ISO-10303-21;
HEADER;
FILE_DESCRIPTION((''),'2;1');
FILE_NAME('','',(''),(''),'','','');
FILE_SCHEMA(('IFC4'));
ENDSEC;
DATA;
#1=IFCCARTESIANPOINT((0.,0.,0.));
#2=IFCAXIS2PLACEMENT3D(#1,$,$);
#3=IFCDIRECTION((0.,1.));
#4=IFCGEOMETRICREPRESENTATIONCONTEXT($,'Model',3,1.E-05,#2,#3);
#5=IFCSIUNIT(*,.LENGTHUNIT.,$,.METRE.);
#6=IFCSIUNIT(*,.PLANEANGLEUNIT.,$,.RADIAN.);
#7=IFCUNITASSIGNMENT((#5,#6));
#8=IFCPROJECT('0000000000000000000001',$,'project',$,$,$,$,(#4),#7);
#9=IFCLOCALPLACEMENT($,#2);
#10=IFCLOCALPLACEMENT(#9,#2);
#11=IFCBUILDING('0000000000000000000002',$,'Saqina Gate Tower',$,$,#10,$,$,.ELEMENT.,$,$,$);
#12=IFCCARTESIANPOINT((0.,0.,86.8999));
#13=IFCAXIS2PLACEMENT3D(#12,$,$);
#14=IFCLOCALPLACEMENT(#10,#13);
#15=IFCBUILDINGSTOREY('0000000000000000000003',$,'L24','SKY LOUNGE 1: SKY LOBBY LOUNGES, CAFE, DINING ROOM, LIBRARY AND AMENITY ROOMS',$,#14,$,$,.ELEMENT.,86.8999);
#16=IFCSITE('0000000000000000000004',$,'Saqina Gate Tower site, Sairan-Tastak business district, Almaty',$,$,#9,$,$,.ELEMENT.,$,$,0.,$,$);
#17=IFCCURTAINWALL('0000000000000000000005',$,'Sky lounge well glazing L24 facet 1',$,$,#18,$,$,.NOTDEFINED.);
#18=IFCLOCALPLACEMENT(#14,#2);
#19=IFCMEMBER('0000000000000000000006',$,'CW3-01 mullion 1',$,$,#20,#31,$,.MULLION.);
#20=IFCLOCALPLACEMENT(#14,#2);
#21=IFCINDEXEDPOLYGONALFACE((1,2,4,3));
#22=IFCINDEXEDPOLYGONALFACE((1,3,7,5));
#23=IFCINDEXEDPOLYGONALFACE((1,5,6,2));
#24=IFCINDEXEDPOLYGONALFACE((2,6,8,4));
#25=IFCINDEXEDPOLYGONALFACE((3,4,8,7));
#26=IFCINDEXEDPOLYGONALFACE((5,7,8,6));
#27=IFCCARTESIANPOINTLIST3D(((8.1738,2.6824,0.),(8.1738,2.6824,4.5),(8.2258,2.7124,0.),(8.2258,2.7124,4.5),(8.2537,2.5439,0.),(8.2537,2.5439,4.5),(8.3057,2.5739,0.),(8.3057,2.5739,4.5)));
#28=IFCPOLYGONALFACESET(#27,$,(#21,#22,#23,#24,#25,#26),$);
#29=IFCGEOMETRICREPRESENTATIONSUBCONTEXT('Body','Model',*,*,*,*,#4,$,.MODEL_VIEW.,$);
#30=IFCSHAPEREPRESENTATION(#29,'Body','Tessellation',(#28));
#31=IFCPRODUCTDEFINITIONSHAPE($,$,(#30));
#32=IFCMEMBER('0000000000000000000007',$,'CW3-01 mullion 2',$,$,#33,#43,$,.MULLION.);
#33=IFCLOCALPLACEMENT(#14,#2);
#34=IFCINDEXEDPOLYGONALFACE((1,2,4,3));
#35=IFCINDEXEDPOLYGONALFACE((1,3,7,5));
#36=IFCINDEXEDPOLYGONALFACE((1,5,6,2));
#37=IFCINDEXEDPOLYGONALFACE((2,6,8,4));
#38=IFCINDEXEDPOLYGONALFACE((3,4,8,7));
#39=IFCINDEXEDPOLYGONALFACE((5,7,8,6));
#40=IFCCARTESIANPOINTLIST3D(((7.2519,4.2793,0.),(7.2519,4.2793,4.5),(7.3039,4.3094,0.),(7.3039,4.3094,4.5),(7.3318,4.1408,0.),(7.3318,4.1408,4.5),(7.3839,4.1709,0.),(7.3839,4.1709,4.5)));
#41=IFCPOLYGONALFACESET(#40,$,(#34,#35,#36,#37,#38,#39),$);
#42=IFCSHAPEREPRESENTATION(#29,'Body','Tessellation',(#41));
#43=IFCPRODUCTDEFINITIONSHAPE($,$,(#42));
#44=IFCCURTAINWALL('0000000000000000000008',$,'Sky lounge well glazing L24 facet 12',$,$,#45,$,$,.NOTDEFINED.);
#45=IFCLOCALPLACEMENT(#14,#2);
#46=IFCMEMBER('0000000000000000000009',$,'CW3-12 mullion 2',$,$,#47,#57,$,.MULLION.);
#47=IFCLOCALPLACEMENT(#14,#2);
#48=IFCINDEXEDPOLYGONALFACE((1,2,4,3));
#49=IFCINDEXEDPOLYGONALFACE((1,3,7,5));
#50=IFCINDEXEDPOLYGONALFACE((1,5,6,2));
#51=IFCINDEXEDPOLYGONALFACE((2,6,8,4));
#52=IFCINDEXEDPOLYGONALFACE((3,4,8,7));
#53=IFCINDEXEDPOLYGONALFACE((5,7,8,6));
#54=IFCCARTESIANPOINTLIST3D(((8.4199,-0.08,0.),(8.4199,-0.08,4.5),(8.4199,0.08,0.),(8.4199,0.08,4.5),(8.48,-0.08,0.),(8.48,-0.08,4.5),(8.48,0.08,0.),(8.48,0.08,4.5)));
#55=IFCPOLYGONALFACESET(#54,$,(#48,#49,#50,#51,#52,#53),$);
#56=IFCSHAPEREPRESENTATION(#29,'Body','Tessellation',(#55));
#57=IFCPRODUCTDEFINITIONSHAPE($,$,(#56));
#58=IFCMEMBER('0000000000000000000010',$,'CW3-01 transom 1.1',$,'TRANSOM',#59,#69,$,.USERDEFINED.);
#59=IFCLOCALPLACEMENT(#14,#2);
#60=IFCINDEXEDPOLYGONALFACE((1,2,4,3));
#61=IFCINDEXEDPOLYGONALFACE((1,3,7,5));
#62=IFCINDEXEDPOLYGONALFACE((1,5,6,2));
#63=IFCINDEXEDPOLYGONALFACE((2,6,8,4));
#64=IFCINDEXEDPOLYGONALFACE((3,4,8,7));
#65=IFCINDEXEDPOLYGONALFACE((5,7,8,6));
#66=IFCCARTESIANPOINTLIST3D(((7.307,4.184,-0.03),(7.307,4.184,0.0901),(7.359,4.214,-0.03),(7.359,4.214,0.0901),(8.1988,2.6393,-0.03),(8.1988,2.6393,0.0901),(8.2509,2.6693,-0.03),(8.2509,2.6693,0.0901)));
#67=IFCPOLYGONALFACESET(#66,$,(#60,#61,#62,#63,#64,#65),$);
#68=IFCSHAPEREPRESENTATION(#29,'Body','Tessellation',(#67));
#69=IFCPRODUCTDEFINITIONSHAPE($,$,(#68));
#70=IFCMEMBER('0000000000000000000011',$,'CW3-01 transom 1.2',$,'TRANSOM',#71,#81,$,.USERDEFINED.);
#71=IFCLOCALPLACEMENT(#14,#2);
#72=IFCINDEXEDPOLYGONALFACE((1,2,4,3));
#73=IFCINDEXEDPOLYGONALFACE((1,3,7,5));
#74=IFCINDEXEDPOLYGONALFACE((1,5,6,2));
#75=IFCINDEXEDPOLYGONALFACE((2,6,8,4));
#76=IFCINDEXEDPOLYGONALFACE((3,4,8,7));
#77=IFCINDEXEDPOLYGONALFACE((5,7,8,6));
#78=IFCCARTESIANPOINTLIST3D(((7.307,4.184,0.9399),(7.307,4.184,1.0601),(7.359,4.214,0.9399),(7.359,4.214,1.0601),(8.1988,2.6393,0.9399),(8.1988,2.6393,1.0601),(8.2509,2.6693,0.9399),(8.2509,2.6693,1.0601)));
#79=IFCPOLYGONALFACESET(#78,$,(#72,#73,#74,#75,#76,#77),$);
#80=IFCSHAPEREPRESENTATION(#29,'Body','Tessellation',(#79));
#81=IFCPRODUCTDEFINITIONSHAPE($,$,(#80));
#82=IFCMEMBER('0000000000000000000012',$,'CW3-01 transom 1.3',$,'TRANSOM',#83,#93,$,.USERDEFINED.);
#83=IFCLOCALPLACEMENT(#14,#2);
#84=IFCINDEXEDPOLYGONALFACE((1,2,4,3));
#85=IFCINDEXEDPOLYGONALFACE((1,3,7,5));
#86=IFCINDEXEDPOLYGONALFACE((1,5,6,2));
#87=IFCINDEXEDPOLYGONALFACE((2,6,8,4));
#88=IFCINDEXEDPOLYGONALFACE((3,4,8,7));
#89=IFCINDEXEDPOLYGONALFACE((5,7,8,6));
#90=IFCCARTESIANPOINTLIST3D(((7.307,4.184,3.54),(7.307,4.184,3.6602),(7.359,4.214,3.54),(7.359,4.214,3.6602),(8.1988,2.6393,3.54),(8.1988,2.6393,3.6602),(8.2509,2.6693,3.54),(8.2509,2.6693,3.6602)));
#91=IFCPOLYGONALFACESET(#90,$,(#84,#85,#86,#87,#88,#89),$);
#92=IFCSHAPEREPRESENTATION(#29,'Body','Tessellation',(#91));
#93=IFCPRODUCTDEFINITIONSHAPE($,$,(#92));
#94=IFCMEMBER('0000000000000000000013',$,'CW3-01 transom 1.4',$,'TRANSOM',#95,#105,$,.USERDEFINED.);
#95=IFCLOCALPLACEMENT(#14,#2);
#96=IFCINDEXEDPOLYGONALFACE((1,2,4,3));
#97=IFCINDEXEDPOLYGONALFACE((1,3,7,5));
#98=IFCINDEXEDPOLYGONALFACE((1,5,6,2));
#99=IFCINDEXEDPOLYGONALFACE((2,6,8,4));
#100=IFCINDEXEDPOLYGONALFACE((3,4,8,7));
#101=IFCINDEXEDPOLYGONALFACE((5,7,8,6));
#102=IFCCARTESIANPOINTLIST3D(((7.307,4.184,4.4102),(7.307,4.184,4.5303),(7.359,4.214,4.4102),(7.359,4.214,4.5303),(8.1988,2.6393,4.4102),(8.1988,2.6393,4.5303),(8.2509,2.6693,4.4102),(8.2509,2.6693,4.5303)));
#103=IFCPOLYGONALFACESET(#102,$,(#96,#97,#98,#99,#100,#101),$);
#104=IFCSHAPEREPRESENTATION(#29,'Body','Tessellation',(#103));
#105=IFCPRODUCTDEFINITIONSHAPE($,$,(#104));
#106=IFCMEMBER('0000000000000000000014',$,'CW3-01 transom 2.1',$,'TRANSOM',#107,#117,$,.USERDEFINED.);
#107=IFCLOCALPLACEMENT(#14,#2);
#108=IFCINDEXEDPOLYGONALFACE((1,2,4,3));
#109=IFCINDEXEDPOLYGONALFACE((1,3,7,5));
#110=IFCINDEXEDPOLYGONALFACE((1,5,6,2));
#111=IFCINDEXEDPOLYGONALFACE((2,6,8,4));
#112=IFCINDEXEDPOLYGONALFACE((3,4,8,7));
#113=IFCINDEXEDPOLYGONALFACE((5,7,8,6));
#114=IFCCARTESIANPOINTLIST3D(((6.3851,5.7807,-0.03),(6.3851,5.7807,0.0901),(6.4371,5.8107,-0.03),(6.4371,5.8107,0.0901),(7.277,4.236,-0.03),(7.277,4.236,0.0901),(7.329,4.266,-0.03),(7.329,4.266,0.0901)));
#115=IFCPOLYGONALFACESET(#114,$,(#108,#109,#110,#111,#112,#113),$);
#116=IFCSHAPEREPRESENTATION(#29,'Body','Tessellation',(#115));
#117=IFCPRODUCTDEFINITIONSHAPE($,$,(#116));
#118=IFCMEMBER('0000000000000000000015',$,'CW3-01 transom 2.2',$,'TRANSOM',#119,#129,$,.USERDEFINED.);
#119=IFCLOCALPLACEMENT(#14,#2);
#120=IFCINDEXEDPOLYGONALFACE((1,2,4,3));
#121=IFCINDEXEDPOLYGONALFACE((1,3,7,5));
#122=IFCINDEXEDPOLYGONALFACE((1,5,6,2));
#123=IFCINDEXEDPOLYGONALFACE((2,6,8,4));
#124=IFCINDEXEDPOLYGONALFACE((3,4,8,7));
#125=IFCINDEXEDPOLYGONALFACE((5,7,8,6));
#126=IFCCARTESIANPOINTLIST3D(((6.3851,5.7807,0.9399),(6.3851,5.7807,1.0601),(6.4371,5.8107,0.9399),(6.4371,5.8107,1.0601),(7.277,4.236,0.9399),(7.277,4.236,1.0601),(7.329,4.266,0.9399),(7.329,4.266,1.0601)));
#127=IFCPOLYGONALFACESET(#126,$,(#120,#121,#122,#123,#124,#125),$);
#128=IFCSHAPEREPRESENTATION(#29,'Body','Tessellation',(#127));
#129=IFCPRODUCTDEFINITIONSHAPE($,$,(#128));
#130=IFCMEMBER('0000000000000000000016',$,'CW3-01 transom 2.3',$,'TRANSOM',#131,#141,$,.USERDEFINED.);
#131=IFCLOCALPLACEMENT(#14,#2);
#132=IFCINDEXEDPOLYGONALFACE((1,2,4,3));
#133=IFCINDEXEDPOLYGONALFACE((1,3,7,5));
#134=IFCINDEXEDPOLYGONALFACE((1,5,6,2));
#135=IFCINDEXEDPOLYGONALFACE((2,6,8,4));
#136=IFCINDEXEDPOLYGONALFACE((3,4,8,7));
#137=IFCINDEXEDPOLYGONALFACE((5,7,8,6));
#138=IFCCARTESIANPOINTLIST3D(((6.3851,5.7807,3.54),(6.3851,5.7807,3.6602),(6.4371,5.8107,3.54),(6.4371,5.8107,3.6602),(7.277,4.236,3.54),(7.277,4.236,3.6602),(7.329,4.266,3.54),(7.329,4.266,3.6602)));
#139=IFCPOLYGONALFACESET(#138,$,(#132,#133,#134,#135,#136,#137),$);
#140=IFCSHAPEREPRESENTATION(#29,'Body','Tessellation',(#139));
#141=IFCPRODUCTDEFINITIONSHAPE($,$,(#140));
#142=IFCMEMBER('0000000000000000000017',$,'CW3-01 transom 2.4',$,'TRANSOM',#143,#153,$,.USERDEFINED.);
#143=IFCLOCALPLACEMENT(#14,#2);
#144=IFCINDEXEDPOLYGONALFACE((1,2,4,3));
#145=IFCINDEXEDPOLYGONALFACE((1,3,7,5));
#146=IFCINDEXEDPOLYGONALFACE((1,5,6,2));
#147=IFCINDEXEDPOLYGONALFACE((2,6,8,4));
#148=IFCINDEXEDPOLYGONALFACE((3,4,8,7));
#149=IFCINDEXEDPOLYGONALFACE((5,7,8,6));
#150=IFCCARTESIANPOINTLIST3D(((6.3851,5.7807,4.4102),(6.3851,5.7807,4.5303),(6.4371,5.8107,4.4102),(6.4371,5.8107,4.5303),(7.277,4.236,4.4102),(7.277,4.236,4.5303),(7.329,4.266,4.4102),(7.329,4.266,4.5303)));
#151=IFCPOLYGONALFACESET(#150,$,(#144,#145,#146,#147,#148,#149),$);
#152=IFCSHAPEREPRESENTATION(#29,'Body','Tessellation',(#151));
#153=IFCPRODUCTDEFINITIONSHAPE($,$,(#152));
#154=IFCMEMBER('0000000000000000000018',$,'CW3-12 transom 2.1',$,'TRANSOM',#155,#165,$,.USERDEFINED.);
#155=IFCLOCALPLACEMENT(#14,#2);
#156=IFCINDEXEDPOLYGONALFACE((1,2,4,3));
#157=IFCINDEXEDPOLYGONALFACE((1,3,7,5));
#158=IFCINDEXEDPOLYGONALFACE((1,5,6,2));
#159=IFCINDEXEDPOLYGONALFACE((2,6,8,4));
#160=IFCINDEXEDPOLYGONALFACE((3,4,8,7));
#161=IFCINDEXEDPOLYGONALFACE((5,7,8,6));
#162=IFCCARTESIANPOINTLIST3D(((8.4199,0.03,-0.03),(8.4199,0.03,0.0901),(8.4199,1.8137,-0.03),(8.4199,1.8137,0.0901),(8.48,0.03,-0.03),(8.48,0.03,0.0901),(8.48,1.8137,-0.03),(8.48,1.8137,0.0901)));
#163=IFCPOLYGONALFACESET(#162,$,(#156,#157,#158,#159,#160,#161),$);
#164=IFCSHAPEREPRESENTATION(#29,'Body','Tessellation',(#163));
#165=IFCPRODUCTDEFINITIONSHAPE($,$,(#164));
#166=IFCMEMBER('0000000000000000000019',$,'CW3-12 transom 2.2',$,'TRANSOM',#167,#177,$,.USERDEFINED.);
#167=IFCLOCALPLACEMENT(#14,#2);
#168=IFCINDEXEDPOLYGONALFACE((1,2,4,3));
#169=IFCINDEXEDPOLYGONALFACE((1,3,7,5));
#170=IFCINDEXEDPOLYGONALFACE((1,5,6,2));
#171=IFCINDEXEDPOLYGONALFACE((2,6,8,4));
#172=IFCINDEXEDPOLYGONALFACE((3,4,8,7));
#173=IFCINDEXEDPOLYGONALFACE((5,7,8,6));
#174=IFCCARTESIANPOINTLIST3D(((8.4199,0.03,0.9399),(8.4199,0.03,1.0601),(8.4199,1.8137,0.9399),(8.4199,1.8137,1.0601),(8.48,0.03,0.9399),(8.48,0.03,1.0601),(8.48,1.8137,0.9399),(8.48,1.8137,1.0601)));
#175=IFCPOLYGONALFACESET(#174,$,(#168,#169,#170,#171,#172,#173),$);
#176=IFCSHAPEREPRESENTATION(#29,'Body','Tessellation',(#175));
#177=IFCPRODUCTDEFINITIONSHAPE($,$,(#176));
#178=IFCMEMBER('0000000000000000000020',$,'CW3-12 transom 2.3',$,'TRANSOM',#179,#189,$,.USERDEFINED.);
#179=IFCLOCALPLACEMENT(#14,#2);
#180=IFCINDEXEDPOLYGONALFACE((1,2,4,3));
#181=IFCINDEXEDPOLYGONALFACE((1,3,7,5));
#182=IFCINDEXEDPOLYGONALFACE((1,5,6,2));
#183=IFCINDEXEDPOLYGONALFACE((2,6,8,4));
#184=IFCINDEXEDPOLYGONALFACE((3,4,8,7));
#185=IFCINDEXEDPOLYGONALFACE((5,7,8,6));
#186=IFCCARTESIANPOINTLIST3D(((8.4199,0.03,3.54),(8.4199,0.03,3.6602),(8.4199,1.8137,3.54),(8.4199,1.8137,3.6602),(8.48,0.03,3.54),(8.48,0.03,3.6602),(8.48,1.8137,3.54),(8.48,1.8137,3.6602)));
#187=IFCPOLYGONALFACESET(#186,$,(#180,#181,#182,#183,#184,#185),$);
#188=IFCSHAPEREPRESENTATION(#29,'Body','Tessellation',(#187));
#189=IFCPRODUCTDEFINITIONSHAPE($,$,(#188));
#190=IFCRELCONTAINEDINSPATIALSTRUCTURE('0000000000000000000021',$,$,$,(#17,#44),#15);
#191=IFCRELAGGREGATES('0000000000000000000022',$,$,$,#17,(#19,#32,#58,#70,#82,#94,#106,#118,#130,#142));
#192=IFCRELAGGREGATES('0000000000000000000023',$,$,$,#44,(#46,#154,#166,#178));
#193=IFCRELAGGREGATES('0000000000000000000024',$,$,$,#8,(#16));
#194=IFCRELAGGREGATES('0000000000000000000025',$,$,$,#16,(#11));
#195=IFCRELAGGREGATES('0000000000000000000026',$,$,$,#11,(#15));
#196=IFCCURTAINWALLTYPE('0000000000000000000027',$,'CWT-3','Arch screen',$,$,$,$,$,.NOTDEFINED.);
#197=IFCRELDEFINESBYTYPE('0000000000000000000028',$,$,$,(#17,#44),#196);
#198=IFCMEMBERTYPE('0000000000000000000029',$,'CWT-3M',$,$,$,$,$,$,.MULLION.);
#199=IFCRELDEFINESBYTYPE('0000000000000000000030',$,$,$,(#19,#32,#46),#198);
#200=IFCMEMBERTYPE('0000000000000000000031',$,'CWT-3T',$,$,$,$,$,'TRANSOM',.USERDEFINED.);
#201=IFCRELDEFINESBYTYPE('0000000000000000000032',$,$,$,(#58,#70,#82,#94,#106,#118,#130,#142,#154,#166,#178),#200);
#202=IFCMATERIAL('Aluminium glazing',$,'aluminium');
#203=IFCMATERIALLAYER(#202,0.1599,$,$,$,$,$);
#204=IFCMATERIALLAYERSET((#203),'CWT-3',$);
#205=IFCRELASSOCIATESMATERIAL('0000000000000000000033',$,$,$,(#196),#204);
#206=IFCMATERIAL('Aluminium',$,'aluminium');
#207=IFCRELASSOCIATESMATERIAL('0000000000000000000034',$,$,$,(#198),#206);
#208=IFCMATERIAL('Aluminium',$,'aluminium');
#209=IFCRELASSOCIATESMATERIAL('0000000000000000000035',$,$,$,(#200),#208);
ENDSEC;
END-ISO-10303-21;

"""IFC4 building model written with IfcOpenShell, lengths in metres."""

from ifc_helpers import new_model, si_unit, direction, frame, origin, origin_2d, place, context, subcontext, project, spatial, rectangle, extrude, material, layer, layer_set, material_profile, profile_set, type_object, element, aggregate, save


model = new_model("IFC4")

# Units and contexts
model_context = context("Model", 3, precision=1e-05, world=origin(), true_north=direction((0.0, 1.0)))
body_context = subcontext(model_context, "Body", "Model", "MODEL_VIEW")
ifc_project = project(units=[si_unit("LENGTHUNIT", "METRE"), si_unit("PLANEANGLEUNIT", "RADIAN")], contexts=[model_context])

# Site, building, storey
site_placement = place(None, origin())
site = spatial("IfcSite", under=ifc_project, at=site_placement, Name="Saqina Gate Tower site, Sairan-Tastak business district, Almaty", CompositionType="ELEMENT", RefElevation=0.0)
building_placement = place(site_placement, origin())
building = spatial("IfcBuilding", under=site, at=building_placement, Name="Saqina Gate Tower", CompositionType="ELEMENT")
storey_placement = place(building_placement, frame((0.0, 0.0, 86.8999)))
storey = spatial("IfcBuildingStorey", under=building, at=storey_placement, Name="L24", Description="SKY LOUNGE 1: SKY LOBBY LOUNGES, CAFE, DINING ROOM, LIBRARY AND AMENITY ROOMS", CompositionType="ELEMENT", Elevation=86.8999)

# Curtain wall, members
ifc_material_1 = material(Name="Aluminium glazing", Category="aluminium")
ifc_layer_1 = layer(ifc_material_1, 0.1599)
ifc_layer_set_1 = layer_set([ifc_layer_1], Name="CWT-3")
curtain_wall_type = type_object("IfcCurtainWallType", Name="CWT-3", Description="Arch screen", PredefinedType="NOTDEFINED", material=ifc_layer_set_1)
curtain_wall_1_placement = place(storey_placement, origin())
curtain_wall_1 = element("IfcCurtainWall", 1, at=curtain_wall_1_placement, inside=storey, type_object=curtain_wall_type, Name="Sky lounge well glazing L24 facet 1", PredefinedType="NOTDEFINED")
ifc_material_2 = material(Name="Aluminium", Category="aluminium")
ifc_material_profile_1 = material_profile(ifc_material_2, rectangle(XDim=0.0601, YDim=0.1599, at=origin_2d()), Name="Aluminium 60x160")
ifc_profile_set_1 = profile_set([ifc_material_profile_1], Name="Aluminium")
member_type_1 = type_object("IfcMemberType", Name="CWT-3M", PredefinedType="MULLION", material=ifc_profile_set_1)
member_1_placement = place(storey_placement, frame((8.2397, 2.6282, 0.0), z_axis=(0.0, 0.0, 1.0), x_axis=(-0.866029, -0.499993, 0.0)))
member_1 = element("IfcMember", 2, at=member_1_placement, type_object=member_type_1, Name="CW3-01 mullion 1", PredefinedType="MULLION", context=body_context, shape_type="SweptSolid", body=[
    extrude(rectangle(XDim=0.0601, YDim=0.1599, at=origin_2d()), origin(), (0.0, 0.0, 1.0), 4.5),
])
member_2_placement = place(storey_placement, frame((7.3179, 4.2251, 0.0), z_axis=(0.0, 0.0, 1.0), x_axis=(-0.866029, -0.499993, 0.0)))
member_2 = element("IfcMember", 3, at=member_2_placement, type_object=member_type_1, Name="CW3-01 mullion 2", PredefinedType="MULLION", context=body_context, shape_type="SweptSolid", body=[
    extrude(rectangle(XDim=0.0601, YDim=0.1599, at=origin_2d()), origin(), (0.0, 0.0, 1.0), 4.5),
])

# Curtain wall, member
curtain_wall_2_placement = place(storey_placement, origin())
curtain_wall_2 = element("IfcCurtainWall", 4, at=curtain_wall_2_placement, inside=storey, type_object=curtain_wall_type, Name="Sky lounge well glazing L24 facet 12", PredefinedType="NOTDEFINED")
member_3_placement = place(storey_placement, frame((8.45, 0.0, 0.0), z_axis=(0.0, 0.0, 1.0), x_axis=(-1.0, 0.0, 0.0)))
member_3 = element("IfcMember", 5, at=member_3_placement, type_object=member_type_1, Name="CW3-12 mullion 2", PredefinedType="MULLION", context=body_context, shape_type="SweptSolid", body=[
    extrude(rectangle(XDim=0.0601, YDim=0.1599, at=origin_2d()), origin(), (0.0, 0.0, 1.0), 4.5),
])

# Members
ifc_material_3 = material(Name="Aluminium", Category="aluminium")
ifc_material_profile_2 = material_profile(ifc_material_3, rectangle(XDim=0.0601, YDim=0.1201, at=origin_2d()), Name="Aluminium 60x120")
ifc_profile_set_2 = profile_set([ifc_material_profile_2], Name="Aluminium")
member_type_2 = type_object("IfcMemberType", Name="CWT-3T", ElementType="TRANSOM", PredefinedType="USERDEFINED", material=ifc_profile_set_2)
member_4_placement = place(storey_placement, frame((8.2249, 2.6543, 0.03), z_axis=(-0.500011, 0.866019, 0.0), x_axis=(-0.866019, -0.500011, 0.0)))
member_4 = element("IfcMember", 6, at=member_4_placement, type_object=member_type_2, Name="CW3-01 transom 1.1", ObjectType="TRANSOM", PredefinedType="USERDEFINED", context=body_context, shape_type="SweptSolid", body=[
    extrude(rectangle(XDim=0.0601, YDim=0.1201, at=origin_2d()), origin(), (0.0, 0.0, 1.0), 1.7837),
])
member_5_placement = place(storey_placement, frame((8.2249, 2.6543, 1.0), z_axis=(-0.500011, 0.866019, 0.0), x_axis=(-0.866019, -0.500011, 0.0)))
member_5 = element("IfcMember", 7, at=member_5_placement, type_object=member_type_2, Name="CW3-01 transom 1.2", ObjectType="TRANSOM", PredefinedType="USERDEFINED", context=body_context, shape_type="SweptSolid", body=[
    extrude(rectangle(XDim=0.0601, YDim=0.1201, at=origin_2d()), origin(), (0.0, 0.0, 1.0), 1.7837),
])
member_6_placement = place(storey_placement, frame((8.2249, 2.6543, 3.6001), z_axis=(-0.500011, 0.866019, 0.0), x_axis=(-0.866019, -0.500011, 0.0)))
member_6 = element("IfcMember", 8, at=member_6_placement, type_object=member_type_2, Name="CW3-01 transom 1.3", ObjectType="TRANSOM", PredefinedType="USERDEFINED", context=body_context, shape_type="SweptSolid", body=[
    extrude(rectangle(XDim=0.0601, YDim=0.1201, at=origin_2d()), origin(), (0.0, 0.0, 1.0), 1.7837),
])
member_7_placement = place(storey_placement, frame((8.2249, 2.6543, 4.4702), z_axis=(-0.500011, 0.866019, 0.0), x_axis=(-0.866019, -0.500011, 0.0)))
member_7 = element("IfcMember", 9, at=member_7_placement, type_object=member_type_2, Name="CW3-01 transom 1.4", ObjectType="TRANSOM", PredefinedType="USERDEFINED", context=body_context, shape_type="SweptSolid", body=[
    extrude(rectangle(XDim=0.0601, YDim=0.1201, at=origin_2d()), origin(), (0.0, 0.0, 1.0), 1.7837),
])
member_8_placement = place(storey_placement, frame((7.303, 4.251, 0.03), z_axis=(-0.500011, 0.866019, 0.0), x_axis=(-0.866019, -0.500011, 0.0)))
member_8 = element("IfcMember", 10, at=member_8_placement, type_object=member_type_2, Name="CW3-01 transom 2.1", ObjectType="TRANSOM", PredefinedType="USERDEFINED", context=body_context, shape_type="SweptSolid", body=[
    extrude(rectangle(XDim=0.0601, YDim=0.1201, at=origin_2d()), origin(), (0.0, 0.0, 1.0), 1.7837),
])
member_9_placement = place(storey_placement, frame((7.303, 4.251, 1.0), z_axis=(-0.500011, 0.866019, 0.0), x_axis=(-0.866019, -0.500011, 0.0)))
member_9 = element("IfcMember", 11, at=member_9_placement, type_object=member_type_2, Name="CW3-01 transom 2.2", ObjectType="TRANSOM", PredefinedType="USERDEFINED", context=body_context, shape_type="SweptSolid", body=[
    extrude(rectangle(XDim=0.0601, YDim=0.1201, at=origin_2d()), origin(), (0.0, 0.0, 1.0), 1.7837),
])
member_10_placement = place(storey_placement, frame((7.303, 4.251, 3.6001), z_axis=(-0.500011, 0.866019, 0.0), x_axis=(-0.866019, -0.500011, 0.0)))
member_10 = element("IfcMember", 12, at=member_10_placement, type_object=member_type_2, Name="CW3-01 transom 2.3", ObjectType="TRANSOM", PredefinedType="USERDEFINED", context=body_context, shape_type="SweptSolid", body=[
    extrude(rectangle(XDim=0.0601, YDim=0.1201, at=origin_2d()), origin(), (0.0, 0.0, 1.0), 1.7837),
])
member_11_placement = place(storey_placement, frame((7.303, 4.251, 4.4702), z_axis=(-0.500011, 0.866019, 0.0), x_axis=(-0.866019, -0.500011, 0.0)))
member_11 = element("IfcMember", 13, at=member_11_placement, type_object=member_type_2, Name="CW3-01 transom 2.4", ObjectType="TRANSOM", PredefinedType="USERDEFINED", context=body_context, shape_type="SweptSolid", body=[
    extrude(rectangle(XDim=0.0601, YDim=0.1201, at=origin_2d()), origin(), (0.0, 0.0, 1.0), 1.7837),
])
member_12_placement = place(storey_placement, frame((8.45, 0.03, 0.03), z_axis=(0.0, 1.0, 0.0), x_axis=(-1.0, 0.0, 0.0)))
member_12 = element("IfcMember", 14, at=member_12_placement, type_object=member_type_2, Name="CW3-12 transom 2.1", ObjectType="TRANSOM", PredefinedType="USERDEFINED", context=body_context, shape_type="SweptSolid", body=[
    extrude(rectangle(XDim=0.0601, YDim=0.1201, at=origin_2d()), origin(), (0.0, 0.0, 1.0), 1.7837),
])
member_13_placement = place(storey_placement, frame((8.45, 0.03, 1.0), z_axis=(0.0, 1.0, 0.0), x_axis=(-1.0, 0.0, 0.0)))
member_13 = element("IfcMember", 15, at=member_13_placement, type_object=member_type_2, Name="CW3-12 transom 2.2", ObjectType="TRANSOM", PredefinedType="USERDEFINED", context=body_context, shape_type="SweptSolid", body=[
    extrude(rectangle(XDim=0.0601, YDim=0.1201, at=origin_2d()), origin(), (0.0, 0.0, 1.0), 1.7837),
])
member_14_placement = place(storey_placement, frame((8.45, 0.03, 3.6001), z_axis=(0.0, 1.0, 0.0), x_axis=(-1.0, 0.0, 0.0)))
member_14 = element("IfcMember", 16, at=member_14_placement, type_object=member_type_2, Name="CW3-12 transom 2.3", ObjectType="TRANSOM", PredefinedType="USERDEFINED", context=body_context, shape_type="SweptSolid", body=[
    extrude(rectangle(XDim=0.0601, YDim=0.1201, at=origin_2d()), origin(), (0.0, 0.0, 1.0), 1.7837),
])

aggregate(curtain_wall_1, [member_1, member_2, member_4, member_5, member_6, member_7, member_8, member_9, member_10, member_11])
aggregate(curtain_wall_2, [member_3, member_12, member_13, member_14])

save(model, "model.ifc")
